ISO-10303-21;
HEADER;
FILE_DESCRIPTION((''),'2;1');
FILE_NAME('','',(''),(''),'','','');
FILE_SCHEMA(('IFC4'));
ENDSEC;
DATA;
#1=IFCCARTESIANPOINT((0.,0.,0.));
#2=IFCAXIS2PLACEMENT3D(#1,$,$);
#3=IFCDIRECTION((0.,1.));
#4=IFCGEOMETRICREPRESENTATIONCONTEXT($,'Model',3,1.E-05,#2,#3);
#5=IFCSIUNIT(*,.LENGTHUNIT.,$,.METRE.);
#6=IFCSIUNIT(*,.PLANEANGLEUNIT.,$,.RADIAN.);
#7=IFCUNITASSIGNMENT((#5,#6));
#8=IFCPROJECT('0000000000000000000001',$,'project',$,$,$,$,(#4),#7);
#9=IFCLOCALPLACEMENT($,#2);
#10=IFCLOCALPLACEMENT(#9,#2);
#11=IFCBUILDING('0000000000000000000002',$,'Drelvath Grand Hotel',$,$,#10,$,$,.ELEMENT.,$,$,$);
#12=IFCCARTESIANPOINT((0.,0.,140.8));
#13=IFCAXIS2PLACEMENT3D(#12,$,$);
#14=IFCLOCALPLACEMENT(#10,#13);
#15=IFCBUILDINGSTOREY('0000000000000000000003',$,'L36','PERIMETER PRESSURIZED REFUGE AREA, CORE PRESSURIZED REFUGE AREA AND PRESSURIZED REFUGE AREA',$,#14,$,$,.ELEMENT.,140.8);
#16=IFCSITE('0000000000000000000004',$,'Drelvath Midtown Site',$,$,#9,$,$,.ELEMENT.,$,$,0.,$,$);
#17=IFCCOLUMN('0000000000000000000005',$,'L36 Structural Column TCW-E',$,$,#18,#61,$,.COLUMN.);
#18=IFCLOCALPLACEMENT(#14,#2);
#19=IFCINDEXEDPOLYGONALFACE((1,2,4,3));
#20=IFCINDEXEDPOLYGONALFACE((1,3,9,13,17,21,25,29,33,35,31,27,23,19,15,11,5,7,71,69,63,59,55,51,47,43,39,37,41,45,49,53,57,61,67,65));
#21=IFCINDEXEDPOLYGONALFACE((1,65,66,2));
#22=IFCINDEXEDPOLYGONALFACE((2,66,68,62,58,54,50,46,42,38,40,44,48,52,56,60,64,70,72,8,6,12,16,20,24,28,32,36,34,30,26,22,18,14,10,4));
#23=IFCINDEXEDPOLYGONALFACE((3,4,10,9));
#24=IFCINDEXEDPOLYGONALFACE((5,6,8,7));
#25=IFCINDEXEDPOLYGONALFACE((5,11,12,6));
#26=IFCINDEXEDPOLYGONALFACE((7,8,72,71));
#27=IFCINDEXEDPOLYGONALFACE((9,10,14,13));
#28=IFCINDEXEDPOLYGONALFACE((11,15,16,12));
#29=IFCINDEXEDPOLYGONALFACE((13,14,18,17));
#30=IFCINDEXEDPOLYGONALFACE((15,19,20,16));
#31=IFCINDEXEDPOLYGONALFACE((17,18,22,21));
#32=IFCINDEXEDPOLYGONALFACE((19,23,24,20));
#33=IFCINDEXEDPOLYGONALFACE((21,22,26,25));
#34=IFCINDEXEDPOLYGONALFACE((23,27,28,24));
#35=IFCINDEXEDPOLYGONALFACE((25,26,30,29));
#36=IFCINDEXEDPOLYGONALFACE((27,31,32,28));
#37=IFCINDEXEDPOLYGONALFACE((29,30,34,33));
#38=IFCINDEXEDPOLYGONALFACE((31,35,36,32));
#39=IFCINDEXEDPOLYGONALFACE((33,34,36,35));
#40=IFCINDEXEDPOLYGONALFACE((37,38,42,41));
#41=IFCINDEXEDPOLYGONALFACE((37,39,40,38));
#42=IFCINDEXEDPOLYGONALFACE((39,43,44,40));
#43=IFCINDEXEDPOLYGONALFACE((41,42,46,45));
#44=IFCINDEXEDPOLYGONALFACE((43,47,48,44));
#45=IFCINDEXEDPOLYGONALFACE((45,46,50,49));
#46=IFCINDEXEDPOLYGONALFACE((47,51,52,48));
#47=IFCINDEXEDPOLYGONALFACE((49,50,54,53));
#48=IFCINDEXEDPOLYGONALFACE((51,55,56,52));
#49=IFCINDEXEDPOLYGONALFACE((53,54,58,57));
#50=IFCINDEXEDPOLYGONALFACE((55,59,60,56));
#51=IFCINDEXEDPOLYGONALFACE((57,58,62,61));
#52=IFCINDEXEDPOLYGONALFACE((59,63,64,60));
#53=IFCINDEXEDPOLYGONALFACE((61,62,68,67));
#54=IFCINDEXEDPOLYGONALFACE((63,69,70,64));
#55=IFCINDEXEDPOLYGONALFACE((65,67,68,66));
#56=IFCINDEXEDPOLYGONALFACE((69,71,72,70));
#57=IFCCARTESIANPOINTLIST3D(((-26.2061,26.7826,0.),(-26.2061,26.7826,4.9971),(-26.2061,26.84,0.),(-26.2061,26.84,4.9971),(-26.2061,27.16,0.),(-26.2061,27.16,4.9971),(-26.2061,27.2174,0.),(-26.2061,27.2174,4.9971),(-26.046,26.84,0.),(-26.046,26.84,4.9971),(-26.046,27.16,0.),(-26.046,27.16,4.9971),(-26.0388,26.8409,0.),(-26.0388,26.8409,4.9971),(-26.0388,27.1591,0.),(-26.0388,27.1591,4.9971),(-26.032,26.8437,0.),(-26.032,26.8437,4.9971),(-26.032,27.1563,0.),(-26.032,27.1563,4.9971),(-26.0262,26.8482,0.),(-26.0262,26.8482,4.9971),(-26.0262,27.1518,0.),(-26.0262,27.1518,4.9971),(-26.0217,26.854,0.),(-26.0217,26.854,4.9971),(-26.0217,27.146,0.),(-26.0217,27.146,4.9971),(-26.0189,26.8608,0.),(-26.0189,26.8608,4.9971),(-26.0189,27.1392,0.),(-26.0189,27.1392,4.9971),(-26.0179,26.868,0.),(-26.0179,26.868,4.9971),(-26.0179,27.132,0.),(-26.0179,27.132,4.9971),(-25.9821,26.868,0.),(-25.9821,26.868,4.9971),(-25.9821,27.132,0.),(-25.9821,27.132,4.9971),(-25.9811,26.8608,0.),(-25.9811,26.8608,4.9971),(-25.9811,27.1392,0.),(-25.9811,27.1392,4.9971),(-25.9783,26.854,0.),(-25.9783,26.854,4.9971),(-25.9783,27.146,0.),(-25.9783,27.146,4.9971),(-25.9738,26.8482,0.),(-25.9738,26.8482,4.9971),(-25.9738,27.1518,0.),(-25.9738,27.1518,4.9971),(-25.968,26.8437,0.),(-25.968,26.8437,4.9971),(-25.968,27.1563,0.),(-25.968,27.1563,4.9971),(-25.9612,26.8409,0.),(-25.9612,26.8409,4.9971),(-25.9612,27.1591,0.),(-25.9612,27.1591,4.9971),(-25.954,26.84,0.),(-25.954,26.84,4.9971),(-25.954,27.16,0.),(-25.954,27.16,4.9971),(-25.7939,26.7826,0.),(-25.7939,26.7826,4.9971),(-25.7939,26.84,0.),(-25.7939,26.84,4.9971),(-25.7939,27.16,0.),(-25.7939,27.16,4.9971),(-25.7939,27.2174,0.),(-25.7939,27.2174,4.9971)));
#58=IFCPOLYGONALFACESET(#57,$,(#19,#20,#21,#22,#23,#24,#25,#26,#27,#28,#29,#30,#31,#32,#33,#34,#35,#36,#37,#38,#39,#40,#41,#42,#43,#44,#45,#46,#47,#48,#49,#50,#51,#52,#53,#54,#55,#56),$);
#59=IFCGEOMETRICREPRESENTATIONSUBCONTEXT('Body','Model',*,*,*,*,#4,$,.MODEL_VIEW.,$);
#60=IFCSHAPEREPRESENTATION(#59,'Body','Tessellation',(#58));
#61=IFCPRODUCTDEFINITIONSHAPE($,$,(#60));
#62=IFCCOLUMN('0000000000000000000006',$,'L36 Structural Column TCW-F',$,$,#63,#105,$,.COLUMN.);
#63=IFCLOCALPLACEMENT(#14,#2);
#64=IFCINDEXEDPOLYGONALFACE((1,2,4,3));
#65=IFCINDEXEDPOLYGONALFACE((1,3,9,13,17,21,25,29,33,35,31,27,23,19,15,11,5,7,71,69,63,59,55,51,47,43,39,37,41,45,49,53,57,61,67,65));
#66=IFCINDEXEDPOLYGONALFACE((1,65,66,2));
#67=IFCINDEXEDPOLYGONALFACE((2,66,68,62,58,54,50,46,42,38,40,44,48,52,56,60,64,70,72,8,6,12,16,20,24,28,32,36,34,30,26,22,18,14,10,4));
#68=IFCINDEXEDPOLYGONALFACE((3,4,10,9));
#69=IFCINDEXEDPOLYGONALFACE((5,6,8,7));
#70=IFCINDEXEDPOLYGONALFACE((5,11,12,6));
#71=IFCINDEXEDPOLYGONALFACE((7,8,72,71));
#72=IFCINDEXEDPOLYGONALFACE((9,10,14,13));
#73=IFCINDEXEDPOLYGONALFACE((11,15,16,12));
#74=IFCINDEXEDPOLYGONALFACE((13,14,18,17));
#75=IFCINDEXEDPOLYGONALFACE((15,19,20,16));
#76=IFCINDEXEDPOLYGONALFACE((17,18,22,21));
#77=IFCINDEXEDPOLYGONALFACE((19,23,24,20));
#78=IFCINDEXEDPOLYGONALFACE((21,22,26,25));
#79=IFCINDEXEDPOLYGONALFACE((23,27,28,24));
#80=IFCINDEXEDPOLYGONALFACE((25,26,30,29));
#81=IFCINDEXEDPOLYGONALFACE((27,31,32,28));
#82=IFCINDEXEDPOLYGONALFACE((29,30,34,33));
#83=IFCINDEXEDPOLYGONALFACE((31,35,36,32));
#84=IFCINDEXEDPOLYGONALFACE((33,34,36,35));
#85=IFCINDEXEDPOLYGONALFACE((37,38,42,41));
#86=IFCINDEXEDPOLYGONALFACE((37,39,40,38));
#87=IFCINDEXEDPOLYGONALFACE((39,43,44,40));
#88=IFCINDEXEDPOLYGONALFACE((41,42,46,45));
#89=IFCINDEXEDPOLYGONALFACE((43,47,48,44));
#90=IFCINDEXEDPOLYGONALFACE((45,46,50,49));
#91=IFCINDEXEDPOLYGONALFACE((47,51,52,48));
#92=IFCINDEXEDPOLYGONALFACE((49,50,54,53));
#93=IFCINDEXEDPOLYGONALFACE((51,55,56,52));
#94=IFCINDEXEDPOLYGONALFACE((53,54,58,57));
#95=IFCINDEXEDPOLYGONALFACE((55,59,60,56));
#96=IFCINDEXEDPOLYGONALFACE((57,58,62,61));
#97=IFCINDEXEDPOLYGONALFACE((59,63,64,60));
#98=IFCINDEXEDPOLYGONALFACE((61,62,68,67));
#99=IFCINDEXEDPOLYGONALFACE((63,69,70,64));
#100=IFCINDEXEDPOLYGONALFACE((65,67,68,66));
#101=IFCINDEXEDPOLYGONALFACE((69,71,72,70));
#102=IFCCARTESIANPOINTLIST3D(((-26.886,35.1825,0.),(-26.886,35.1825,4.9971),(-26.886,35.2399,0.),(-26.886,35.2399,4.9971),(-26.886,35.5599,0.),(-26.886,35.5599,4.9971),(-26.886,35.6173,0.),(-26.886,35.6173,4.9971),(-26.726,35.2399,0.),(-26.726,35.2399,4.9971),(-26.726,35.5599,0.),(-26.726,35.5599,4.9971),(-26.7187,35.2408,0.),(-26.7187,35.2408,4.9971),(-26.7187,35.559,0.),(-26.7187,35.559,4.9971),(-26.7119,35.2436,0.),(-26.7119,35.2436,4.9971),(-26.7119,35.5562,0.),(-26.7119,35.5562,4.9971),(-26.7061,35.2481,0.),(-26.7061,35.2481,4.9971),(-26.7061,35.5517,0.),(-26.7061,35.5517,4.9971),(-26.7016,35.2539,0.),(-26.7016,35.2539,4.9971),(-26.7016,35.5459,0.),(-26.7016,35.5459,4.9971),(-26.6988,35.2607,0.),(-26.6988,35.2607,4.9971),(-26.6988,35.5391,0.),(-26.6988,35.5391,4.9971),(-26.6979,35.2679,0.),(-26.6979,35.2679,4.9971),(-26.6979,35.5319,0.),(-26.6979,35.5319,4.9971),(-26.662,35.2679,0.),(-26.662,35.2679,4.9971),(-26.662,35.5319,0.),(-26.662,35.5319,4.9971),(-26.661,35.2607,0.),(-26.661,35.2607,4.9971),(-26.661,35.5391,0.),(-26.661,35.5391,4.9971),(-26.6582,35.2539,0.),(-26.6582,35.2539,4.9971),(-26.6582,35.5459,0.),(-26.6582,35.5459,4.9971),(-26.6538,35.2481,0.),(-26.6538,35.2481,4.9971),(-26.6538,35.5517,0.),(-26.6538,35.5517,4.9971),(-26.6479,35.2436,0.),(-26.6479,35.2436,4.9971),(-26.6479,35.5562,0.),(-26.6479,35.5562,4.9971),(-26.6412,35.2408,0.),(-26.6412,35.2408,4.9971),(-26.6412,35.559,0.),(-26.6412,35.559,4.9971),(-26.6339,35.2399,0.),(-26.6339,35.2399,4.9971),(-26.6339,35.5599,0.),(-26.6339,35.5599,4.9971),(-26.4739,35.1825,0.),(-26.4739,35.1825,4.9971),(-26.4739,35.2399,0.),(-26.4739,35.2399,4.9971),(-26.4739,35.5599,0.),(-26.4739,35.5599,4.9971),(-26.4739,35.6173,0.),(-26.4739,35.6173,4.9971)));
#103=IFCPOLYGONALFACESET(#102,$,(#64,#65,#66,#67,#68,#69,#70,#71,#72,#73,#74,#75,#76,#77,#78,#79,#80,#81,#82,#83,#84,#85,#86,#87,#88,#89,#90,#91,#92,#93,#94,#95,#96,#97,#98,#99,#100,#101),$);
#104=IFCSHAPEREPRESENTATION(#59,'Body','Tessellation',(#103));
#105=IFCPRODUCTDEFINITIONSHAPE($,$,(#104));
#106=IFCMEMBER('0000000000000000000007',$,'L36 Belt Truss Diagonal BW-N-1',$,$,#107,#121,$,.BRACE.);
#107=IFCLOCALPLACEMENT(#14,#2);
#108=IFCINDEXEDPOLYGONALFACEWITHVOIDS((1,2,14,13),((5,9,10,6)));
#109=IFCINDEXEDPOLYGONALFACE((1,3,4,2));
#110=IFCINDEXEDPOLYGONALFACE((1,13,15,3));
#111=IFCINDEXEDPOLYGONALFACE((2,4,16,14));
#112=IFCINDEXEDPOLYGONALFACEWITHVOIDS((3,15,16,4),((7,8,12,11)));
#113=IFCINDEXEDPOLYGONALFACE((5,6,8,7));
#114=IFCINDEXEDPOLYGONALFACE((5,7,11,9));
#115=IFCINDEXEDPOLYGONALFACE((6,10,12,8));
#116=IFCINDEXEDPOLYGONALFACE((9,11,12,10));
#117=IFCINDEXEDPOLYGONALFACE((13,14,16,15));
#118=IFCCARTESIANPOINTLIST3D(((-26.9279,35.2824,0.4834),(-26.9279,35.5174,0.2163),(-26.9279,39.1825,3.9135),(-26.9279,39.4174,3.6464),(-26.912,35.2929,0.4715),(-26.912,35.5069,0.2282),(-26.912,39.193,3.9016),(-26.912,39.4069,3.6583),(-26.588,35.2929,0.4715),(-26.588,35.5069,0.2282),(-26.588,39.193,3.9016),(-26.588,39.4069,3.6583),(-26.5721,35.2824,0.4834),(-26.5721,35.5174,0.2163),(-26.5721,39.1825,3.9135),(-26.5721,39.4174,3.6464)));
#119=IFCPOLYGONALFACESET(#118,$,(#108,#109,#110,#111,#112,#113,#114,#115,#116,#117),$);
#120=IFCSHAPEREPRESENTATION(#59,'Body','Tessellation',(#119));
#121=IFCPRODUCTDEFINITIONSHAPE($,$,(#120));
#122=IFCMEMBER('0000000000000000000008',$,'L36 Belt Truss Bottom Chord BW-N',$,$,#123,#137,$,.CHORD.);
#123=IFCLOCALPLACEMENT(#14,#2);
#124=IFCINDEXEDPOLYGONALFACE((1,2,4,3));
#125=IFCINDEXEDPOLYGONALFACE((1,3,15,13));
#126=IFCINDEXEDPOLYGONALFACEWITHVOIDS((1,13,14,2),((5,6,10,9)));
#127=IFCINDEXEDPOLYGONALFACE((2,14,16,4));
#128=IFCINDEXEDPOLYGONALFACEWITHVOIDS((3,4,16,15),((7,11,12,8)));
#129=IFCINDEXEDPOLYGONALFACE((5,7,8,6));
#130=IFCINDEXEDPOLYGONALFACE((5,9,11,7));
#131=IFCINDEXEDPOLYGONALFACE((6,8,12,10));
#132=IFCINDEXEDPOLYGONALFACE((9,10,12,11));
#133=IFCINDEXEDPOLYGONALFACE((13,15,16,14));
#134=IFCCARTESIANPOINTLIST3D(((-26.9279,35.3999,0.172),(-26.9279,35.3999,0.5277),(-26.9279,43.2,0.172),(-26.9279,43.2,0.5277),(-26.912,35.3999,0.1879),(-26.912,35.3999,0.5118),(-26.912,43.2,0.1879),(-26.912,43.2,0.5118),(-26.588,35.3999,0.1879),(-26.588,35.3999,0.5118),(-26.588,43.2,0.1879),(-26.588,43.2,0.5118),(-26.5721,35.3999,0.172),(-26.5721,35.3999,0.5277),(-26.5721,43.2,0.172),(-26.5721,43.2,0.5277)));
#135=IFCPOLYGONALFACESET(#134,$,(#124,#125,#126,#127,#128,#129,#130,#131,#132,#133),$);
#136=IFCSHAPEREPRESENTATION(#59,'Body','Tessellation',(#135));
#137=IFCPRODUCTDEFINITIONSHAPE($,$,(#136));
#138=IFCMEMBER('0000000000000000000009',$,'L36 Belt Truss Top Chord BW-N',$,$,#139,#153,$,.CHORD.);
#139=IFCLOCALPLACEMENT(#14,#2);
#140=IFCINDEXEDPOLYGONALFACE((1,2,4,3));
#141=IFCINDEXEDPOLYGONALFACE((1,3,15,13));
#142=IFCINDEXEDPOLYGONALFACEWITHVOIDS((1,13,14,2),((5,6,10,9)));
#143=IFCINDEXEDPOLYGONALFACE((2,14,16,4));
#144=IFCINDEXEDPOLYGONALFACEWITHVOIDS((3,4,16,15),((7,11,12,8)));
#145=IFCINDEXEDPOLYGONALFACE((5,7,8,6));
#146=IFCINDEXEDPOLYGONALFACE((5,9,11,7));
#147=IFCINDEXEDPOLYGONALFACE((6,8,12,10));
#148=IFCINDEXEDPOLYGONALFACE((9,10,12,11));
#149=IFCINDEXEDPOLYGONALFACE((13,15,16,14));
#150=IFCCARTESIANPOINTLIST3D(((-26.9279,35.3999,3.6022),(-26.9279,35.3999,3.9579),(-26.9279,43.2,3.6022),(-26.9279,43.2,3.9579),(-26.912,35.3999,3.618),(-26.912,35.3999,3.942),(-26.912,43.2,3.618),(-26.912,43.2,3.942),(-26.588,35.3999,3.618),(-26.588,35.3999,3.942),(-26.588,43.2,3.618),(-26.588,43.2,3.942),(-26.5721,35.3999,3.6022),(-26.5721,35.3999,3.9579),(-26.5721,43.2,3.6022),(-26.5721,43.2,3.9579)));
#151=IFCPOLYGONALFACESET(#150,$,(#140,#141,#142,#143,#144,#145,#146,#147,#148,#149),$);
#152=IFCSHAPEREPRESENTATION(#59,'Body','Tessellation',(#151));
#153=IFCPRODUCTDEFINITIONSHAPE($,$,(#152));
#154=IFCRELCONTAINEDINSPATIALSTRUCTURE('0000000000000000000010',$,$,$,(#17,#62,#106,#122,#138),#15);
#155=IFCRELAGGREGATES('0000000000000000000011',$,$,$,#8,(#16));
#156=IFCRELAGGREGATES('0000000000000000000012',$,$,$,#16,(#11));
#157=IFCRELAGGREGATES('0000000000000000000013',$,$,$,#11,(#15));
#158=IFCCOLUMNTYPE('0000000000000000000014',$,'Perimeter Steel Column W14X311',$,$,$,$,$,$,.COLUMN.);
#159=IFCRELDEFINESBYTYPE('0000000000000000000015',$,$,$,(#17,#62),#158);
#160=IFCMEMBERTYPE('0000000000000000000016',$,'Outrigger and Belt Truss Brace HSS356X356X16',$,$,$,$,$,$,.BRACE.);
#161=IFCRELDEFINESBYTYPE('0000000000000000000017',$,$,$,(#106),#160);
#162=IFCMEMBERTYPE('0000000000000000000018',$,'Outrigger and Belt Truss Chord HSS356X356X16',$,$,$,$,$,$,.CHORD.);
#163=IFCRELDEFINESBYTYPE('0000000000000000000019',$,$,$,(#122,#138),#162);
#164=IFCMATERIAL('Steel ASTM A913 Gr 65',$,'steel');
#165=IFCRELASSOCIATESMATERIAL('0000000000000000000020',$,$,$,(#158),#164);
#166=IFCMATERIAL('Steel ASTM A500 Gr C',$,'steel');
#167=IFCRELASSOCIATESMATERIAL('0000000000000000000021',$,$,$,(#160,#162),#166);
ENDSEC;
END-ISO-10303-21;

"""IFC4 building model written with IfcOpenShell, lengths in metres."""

from ifc_helpers import new_model, si_unit, direction, frame, origin, origin_2d, place, context, subcontext, project, spatial, hollow_rectangle, i_section, extrude, material, material_profile, profile_set, type_object, element, save


model = new_model("IFC4")

# Units and contexts
model_context = context("Model", 3, precision=1e-05, world=origin(), true_north=direction((0.0, 1.0)))
body_context = subcontext(model_context, "Body", "Model", "MODEL_VIEW")
ifc_project = project(units=[si_unit("LENGTHUNIT", "METRE"), si_unit("PLANEANGLEUNIT", "RADIAN")], contexts=[model_context])

# Site, building, storey
site_placement = place(None, origin())
site = spatial("IfcSite", under=ifc_project, at=site_placement, Name="Drelvath Midtown Site", CompositionType="ELEMENT", RefElevation=0.0)
building_placement = place(site_placement, origin())
building = spatial("IfcBuilding", under=site, at=building_placement, Name="Drelvath Grand Hotel", CompositionType="ELEMENT")
storey_placement = place(building_placement, frame((0.0, 0.0, 140.8)))
storey = spatial("IfcBuildingStorey", under=building, at=storey_placement, Name="L36", Description="PERIMETER PRESSURIZED REFUGE AREA, CORE PRESSURIZED REFUGE AREA AND PRESSURIZED REFUGE AREA", CompositionType="ELEMENT", Elevation=140.8)

# Columns
ifc_material_1 = material(Name="Steel ASTM A913 Gr 65", Category="steel")
ifc_material_profile_1 = material_profile(ifc_material_1, i_section(OverallWidth=0.4121, OverallDepth=0.4348, WebThickness=0.0359, FlangeThickness=0.0574, FilletRadius=0.0281, at=origin_2d()), Name="W14X311")
ifc_profile_set_1 = profile_set([ifc_material_profile_1], Name="Steel ASTM A913 Gr 65")
column_type = type_object("IfcColumnType", Name="Perimeter Steel Column W14X311", PredefinedType="COLUMN", material=ifc_profile_set_1)
for number, where, z_axis, x_axis, name in (
    (1, (-26.0, 27.0, 0.0), (0.0, 0.0, 1.0), (1.0, 0.0, 0.0), "L36 Structural Column TCW-E"),
    (2, (-26.6799, 35.3999, 0.0), (0.0, 0.0, 1.0), (1.0, 0.0, 0.0), "L36 Structural Column TCW-F"),
):
    element("IfcColumn", number, at=place(storey_placement, frame(where, z_axis=z_axis, x_axis=x_axis)), inside=storey, type_object=column_type, Name=name, PredefinedType="COLUMN", context=body_context, shape_type="SweptSolid", body=[
        extrude(i_section(OverallWidth=0.4121, OverallDepth=0.4348, WebThickness=0.0359, FlangeThickness=0.0574, FilletRadius=0.0281, at=origin_2d()), origin(), (0.0, 0.0, 1.0), 4.9971),
    ])

# Members
ifc_material_2 = material(Name="Steel ASTM A500 Gr C", Category="steel")
ifc_material_profile_2 = material_profile(ifc_material_2, hollow_rectangle(XDim=0.3557, YDim=0.3557, WallThickness=0.0159, at=origin_2d()), Name="HSS356X356X16")
ifc_profile_set_2 = profile_set([ifc_material_profile_2], Name="Steel ASTM A500 Gr C")
member_type_1 = type_object("IfcMemberType", Name="Outrigger and Belt Truss Brace HSS356X356X16", PredefinedType="BRACE", material=ifc_profile_set_2)
member_placement = place(storey_placement, frame((-26.75, 35.3999, 0.3499), z_axis=(0.0, 0.7509, 0.660416), x_axis=(-1.0, 0.0, 0.0)))
element("IfcMember", 3, at=member_placement, inside=storey, type_object=member_type_1, Name="L36 Belt Truss Diagonal BW-N-1", PredefinedType="BRACE", context=body_context, shape_type="SweptSolid", body=[
    extrude(hollow_rectangle(XDim=0.3557, YDim=0.3557, WallThickness=0.0159, at=origin_2d()), origin(), (0.0, 0.0, 1.0), 5.1938),
])
ifc_material_profile_3 = material_profile(ifc_material_2, hollow_rectangle(XDim=0.3557, YDim=0.3557, WallThickness=0.0159, at=origin_2d()), Name="HSS356X356X16")
ifc_profile_set_3 = profile_set([ifc_material_profile_3], Name="Steel ASTM A500 Gr C")
member_type_2 = type_object("IfcMemberType", Name="Outrigger and Belt Truss Chord HSS356X356X16", PredefinedType="CHORD", material=ifc_profile_set_3)
for number, where, z_axis, x_axis, name in (
    (4, (-26.75, 35.3999, 0.3499), (0.0, 1.0, 0.0), (-1.0, 0.0, 0.0), "L36 Belt Truss Bottom Chord BW-N"),
    (5, (-26.75, 35.3999, 3.78), (0.0, 1.0, 0.0), (-1.0, 0.0, 0.0), "L36 Belt Truss Top Chord BW-N"),
):
    element("IfcMember", number, at=place(storey_placement, frame(where, z_axis=z_axis, x_axis=x_axis)), inside=storey, type_object=member_type_2, Name=name, PredefinedType="CHORD", context=body_context, shape_type="SweptSolid", body=[
        extrude(hollow_rectangle(XDim=0.3557, YDim=0.3557, WallThickness=0.0159, at=origin_2d()), origin(), (0.0, 0.0, 1.0), 7.8),
    ])

save(model, "model.ifc")
